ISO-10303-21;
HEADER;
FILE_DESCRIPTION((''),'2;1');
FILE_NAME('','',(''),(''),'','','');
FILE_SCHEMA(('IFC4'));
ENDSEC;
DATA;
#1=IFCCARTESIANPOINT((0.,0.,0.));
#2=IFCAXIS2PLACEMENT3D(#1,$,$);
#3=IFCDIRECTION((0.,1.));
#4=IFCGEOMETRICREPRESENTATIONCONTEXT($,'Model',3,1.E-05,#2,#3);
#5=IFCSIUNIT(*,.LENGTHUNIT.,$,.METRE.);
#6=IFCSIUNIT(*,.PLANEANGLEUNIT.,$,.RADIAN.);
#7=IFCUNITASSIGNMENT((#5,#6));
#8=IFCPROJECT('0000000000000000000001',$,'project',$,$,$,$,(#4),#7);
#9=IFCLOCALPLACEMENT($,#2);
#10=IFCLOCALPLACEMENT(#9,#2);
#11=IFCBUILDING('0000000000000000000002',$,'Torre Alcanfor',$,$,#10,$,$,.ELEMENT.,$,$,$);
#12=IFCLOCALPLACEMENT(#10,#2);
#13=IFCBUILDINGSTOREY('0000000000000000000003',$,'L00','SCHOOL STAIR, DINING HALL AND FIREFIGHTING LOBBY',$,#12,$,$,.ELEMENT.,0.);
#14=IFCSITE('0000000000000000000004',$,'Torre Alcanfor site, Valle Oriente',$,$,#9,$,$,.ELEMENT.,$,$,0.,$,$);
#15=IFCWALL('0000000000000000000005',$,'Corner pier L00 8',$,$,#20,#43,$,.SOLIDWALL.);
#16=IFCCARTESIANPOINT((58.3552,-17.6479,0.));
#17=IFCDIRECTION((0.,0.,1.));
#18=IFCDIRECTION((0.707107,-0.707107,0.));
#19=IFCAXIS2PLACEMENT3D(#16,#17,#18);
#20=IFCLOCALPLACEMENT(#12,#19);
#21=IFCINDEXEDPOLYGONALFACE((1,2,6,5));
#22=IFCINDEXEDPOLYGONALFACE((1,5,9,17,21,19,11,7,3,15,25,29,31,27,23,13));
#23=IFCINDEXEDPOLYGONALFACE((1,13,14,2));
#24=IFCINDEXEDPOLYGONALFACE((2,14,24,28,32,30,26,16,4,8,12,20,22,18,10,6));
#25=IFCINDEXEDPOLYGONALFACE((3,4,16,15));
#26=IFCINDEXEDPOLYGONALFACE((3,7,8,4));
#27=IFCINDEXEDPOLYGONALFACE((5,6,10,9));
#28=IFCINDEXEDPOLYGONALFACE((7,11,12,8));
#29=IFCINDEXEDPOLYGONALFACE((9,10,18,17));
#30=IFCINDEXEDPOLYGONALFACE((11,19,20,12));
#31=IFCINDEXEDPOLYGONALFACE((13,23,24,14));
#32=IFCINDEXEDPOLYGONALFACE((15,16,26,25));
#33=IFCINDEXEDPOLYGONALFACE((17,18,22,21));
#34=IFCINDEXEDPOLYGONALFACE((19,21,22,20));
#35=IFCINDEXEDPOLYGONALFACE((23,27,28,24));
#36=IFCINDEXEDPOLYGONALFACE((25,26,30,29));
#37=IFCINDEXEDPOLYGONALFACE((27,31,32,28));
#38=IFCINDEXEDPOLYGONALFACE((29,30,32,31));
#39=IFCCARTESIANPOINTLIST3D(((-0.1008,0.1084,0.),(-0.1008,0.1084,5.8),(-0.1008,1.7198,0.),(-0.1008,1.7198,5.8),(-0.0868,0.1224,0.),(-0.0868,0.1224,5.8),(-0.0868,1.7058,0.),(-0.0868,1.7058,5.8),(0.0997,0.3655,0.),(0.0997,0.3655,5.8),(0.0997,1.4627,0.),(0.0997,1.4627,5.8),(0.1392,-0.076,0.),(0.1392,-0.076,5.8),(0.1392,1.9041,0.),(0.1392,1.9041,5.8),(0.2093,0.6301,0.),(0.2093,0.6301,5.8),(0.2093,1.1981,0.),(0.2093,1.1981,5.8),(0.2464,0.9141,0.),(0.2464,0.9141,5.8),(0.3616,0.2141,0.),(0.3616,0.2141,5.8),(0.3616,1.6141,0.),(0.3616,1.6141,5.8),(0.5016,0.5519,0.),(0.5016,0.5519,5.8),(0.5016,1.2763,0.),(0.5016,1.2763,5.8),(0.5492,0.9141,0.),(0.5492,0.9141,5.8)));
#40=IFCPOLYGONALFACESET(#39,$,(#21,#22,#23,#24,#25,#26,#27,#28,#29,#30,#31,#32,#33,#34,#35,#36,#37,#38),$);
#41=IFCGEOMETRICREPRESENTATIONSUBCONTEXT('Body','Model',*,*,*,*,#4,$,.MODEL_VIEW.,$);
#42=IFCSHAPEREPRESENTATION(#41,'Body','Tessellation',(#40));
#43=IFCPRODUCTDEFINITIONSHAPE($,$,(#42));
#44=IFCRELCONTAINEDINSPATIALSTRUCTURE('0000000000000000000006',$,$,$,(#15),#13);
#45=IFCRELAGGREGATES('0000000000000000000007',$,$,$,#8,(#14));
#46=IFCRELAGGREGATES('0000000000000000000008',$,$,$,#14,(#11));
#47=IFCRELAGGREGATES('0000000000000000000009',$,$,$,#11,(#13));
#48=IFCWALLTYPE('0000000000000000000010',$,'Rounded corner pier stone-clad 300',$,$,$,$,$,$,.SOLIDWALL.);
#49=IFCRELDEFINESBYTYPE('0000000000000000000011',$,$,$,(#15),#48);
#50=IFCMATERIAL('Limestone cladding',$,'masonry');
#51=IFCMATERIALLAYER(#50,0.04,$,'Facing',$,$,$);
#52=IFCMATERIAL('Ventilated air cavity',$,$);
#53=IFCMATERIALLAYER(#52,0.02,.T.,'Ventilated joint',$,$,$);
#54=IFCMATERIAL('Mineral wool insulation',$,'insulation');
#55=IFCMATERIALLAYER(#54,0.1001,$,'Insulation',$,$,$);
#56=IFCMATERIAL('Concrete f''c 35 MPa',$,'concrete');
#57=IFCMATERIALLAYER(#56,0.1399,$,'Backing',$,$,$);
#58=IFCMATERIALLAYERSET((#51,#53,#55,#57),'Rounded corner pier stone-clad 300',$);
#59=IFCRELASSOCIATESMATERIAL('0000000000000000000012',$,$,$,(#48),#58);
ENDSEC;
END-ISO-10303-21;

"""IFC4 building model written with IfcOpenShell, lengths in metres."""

from ifc_helpers import new_model, si_unit, direction, frame, origin, place, context, subcontext, project, spatial, polyline, outline, extrude, material, layer, layer_set, type_object, element, save


model = new_model("IFC4")

# Units and contexts
model_context = context("Model", 3, precision=1e-05, world=origin(), true_north=direction((0.0, 1.0)))
body_context = subcontext(model_context, "Body", "Model", "MODEL_VIEW")
ifc_project = project(units=[si_unit("LENGTHUNIT", "METRE"), si_unit("PLANEANGLEUNIT", "RADIAN")], contexts=[model_context])

# Site, building, storey
site_placement = place(None, origin())
site = spatial("IfcSite", under=ifc_project, at=site_placement, Name="Torre Alcanfor site, Valle Oriente", CompositionType="ELEMENT", RefElevation=0.0)
building_placement = place(site_placement, origin())
building = spatial("IfcBuilding", under=site, at=building_placement, Name="Torre Alcanfor", CompositionType="ELEMENT")
storey_placement = place(building_placement, origin())
storey = spatial("IfcBuildingStorey", under=building, at=storey_placement, Name="L00", Description="SCHOOL STAIR, DINING HALL AND FIREFIGHTING LOBBY", CompositionType="ELEMENT", Elevation=0.0)

# Wall
ifc_material_1 = material(Name="Limestone cladding", Category="masonry")
ifc_layer_1 = layer(ifc_material_1, 0.04, Name="Facing")
ifc_material_2 = material(Name="Ventilated air cavity")
ifc_layer_2 = layer(ifc_material_2, 0.02, ventilated=True, Name="Ventilated joint")
ifc_material_3 = material(Name="Mineral wool insulation", Category="insulation")
ifc_layer_3 = layer(ifc_material_3, 0.1001, Name="Insulation")
ifc_material_4 = material(Name="Concrete f'c 35 MPa", Category="concrete")
ifc_layer_4 = layer(ifc_material_4, 0.1399, Name="Backing")
ifc_layer_set_1 = layer_set([ifc_layer_1, ifc_layer_2, ifc_layer_3, ifc_layer_4], Name="Rounded corner pier stone-clad 300")
wall_type = type_object("IfcWallType", Name="Rounded corner pier stone-clad 300", PredefinedType="SOLIDWALL", material=ifc_layer_set_1)
wall_placement = place(storey_placement, frame((58.3552, -17.6479, 0.0), z_axis=(0.0, 0.0, 1.0), x_axis=(0.707107, -0.707107, 0.0)))
element("IfcWall", 1, at=wall_placement, inside=storey, type_object=wall_type, Name="Corner pier L00 8", PredefinedType="SOLIDWALL", context=body_context, shape_type="SweptSolid", body=[
    extrude(outline(polyline([(0.1392, 1.9041), (-0.1008, 1.7198), (-0.0868, 1.7058), (0.0997, 1.4627), (0.2093, 1.1981), (0.2464, 0.9141), (0.2093, 0.6301), (0.0997, 0.3655), (-0.0868, 0.1224), (-0.1008, 0.1084), (0.1392, -0.076), (0.3616, 0.2141), (0.5016, 0.5519), (0.5492, 0.9141), (0.5016, 1.2763), (0.3616, 1.6141), (0.1392, 1.9041)])), origin(), (0.0, 0.0, 1.0), 5.8),
])

save(model, "model.ifc")
